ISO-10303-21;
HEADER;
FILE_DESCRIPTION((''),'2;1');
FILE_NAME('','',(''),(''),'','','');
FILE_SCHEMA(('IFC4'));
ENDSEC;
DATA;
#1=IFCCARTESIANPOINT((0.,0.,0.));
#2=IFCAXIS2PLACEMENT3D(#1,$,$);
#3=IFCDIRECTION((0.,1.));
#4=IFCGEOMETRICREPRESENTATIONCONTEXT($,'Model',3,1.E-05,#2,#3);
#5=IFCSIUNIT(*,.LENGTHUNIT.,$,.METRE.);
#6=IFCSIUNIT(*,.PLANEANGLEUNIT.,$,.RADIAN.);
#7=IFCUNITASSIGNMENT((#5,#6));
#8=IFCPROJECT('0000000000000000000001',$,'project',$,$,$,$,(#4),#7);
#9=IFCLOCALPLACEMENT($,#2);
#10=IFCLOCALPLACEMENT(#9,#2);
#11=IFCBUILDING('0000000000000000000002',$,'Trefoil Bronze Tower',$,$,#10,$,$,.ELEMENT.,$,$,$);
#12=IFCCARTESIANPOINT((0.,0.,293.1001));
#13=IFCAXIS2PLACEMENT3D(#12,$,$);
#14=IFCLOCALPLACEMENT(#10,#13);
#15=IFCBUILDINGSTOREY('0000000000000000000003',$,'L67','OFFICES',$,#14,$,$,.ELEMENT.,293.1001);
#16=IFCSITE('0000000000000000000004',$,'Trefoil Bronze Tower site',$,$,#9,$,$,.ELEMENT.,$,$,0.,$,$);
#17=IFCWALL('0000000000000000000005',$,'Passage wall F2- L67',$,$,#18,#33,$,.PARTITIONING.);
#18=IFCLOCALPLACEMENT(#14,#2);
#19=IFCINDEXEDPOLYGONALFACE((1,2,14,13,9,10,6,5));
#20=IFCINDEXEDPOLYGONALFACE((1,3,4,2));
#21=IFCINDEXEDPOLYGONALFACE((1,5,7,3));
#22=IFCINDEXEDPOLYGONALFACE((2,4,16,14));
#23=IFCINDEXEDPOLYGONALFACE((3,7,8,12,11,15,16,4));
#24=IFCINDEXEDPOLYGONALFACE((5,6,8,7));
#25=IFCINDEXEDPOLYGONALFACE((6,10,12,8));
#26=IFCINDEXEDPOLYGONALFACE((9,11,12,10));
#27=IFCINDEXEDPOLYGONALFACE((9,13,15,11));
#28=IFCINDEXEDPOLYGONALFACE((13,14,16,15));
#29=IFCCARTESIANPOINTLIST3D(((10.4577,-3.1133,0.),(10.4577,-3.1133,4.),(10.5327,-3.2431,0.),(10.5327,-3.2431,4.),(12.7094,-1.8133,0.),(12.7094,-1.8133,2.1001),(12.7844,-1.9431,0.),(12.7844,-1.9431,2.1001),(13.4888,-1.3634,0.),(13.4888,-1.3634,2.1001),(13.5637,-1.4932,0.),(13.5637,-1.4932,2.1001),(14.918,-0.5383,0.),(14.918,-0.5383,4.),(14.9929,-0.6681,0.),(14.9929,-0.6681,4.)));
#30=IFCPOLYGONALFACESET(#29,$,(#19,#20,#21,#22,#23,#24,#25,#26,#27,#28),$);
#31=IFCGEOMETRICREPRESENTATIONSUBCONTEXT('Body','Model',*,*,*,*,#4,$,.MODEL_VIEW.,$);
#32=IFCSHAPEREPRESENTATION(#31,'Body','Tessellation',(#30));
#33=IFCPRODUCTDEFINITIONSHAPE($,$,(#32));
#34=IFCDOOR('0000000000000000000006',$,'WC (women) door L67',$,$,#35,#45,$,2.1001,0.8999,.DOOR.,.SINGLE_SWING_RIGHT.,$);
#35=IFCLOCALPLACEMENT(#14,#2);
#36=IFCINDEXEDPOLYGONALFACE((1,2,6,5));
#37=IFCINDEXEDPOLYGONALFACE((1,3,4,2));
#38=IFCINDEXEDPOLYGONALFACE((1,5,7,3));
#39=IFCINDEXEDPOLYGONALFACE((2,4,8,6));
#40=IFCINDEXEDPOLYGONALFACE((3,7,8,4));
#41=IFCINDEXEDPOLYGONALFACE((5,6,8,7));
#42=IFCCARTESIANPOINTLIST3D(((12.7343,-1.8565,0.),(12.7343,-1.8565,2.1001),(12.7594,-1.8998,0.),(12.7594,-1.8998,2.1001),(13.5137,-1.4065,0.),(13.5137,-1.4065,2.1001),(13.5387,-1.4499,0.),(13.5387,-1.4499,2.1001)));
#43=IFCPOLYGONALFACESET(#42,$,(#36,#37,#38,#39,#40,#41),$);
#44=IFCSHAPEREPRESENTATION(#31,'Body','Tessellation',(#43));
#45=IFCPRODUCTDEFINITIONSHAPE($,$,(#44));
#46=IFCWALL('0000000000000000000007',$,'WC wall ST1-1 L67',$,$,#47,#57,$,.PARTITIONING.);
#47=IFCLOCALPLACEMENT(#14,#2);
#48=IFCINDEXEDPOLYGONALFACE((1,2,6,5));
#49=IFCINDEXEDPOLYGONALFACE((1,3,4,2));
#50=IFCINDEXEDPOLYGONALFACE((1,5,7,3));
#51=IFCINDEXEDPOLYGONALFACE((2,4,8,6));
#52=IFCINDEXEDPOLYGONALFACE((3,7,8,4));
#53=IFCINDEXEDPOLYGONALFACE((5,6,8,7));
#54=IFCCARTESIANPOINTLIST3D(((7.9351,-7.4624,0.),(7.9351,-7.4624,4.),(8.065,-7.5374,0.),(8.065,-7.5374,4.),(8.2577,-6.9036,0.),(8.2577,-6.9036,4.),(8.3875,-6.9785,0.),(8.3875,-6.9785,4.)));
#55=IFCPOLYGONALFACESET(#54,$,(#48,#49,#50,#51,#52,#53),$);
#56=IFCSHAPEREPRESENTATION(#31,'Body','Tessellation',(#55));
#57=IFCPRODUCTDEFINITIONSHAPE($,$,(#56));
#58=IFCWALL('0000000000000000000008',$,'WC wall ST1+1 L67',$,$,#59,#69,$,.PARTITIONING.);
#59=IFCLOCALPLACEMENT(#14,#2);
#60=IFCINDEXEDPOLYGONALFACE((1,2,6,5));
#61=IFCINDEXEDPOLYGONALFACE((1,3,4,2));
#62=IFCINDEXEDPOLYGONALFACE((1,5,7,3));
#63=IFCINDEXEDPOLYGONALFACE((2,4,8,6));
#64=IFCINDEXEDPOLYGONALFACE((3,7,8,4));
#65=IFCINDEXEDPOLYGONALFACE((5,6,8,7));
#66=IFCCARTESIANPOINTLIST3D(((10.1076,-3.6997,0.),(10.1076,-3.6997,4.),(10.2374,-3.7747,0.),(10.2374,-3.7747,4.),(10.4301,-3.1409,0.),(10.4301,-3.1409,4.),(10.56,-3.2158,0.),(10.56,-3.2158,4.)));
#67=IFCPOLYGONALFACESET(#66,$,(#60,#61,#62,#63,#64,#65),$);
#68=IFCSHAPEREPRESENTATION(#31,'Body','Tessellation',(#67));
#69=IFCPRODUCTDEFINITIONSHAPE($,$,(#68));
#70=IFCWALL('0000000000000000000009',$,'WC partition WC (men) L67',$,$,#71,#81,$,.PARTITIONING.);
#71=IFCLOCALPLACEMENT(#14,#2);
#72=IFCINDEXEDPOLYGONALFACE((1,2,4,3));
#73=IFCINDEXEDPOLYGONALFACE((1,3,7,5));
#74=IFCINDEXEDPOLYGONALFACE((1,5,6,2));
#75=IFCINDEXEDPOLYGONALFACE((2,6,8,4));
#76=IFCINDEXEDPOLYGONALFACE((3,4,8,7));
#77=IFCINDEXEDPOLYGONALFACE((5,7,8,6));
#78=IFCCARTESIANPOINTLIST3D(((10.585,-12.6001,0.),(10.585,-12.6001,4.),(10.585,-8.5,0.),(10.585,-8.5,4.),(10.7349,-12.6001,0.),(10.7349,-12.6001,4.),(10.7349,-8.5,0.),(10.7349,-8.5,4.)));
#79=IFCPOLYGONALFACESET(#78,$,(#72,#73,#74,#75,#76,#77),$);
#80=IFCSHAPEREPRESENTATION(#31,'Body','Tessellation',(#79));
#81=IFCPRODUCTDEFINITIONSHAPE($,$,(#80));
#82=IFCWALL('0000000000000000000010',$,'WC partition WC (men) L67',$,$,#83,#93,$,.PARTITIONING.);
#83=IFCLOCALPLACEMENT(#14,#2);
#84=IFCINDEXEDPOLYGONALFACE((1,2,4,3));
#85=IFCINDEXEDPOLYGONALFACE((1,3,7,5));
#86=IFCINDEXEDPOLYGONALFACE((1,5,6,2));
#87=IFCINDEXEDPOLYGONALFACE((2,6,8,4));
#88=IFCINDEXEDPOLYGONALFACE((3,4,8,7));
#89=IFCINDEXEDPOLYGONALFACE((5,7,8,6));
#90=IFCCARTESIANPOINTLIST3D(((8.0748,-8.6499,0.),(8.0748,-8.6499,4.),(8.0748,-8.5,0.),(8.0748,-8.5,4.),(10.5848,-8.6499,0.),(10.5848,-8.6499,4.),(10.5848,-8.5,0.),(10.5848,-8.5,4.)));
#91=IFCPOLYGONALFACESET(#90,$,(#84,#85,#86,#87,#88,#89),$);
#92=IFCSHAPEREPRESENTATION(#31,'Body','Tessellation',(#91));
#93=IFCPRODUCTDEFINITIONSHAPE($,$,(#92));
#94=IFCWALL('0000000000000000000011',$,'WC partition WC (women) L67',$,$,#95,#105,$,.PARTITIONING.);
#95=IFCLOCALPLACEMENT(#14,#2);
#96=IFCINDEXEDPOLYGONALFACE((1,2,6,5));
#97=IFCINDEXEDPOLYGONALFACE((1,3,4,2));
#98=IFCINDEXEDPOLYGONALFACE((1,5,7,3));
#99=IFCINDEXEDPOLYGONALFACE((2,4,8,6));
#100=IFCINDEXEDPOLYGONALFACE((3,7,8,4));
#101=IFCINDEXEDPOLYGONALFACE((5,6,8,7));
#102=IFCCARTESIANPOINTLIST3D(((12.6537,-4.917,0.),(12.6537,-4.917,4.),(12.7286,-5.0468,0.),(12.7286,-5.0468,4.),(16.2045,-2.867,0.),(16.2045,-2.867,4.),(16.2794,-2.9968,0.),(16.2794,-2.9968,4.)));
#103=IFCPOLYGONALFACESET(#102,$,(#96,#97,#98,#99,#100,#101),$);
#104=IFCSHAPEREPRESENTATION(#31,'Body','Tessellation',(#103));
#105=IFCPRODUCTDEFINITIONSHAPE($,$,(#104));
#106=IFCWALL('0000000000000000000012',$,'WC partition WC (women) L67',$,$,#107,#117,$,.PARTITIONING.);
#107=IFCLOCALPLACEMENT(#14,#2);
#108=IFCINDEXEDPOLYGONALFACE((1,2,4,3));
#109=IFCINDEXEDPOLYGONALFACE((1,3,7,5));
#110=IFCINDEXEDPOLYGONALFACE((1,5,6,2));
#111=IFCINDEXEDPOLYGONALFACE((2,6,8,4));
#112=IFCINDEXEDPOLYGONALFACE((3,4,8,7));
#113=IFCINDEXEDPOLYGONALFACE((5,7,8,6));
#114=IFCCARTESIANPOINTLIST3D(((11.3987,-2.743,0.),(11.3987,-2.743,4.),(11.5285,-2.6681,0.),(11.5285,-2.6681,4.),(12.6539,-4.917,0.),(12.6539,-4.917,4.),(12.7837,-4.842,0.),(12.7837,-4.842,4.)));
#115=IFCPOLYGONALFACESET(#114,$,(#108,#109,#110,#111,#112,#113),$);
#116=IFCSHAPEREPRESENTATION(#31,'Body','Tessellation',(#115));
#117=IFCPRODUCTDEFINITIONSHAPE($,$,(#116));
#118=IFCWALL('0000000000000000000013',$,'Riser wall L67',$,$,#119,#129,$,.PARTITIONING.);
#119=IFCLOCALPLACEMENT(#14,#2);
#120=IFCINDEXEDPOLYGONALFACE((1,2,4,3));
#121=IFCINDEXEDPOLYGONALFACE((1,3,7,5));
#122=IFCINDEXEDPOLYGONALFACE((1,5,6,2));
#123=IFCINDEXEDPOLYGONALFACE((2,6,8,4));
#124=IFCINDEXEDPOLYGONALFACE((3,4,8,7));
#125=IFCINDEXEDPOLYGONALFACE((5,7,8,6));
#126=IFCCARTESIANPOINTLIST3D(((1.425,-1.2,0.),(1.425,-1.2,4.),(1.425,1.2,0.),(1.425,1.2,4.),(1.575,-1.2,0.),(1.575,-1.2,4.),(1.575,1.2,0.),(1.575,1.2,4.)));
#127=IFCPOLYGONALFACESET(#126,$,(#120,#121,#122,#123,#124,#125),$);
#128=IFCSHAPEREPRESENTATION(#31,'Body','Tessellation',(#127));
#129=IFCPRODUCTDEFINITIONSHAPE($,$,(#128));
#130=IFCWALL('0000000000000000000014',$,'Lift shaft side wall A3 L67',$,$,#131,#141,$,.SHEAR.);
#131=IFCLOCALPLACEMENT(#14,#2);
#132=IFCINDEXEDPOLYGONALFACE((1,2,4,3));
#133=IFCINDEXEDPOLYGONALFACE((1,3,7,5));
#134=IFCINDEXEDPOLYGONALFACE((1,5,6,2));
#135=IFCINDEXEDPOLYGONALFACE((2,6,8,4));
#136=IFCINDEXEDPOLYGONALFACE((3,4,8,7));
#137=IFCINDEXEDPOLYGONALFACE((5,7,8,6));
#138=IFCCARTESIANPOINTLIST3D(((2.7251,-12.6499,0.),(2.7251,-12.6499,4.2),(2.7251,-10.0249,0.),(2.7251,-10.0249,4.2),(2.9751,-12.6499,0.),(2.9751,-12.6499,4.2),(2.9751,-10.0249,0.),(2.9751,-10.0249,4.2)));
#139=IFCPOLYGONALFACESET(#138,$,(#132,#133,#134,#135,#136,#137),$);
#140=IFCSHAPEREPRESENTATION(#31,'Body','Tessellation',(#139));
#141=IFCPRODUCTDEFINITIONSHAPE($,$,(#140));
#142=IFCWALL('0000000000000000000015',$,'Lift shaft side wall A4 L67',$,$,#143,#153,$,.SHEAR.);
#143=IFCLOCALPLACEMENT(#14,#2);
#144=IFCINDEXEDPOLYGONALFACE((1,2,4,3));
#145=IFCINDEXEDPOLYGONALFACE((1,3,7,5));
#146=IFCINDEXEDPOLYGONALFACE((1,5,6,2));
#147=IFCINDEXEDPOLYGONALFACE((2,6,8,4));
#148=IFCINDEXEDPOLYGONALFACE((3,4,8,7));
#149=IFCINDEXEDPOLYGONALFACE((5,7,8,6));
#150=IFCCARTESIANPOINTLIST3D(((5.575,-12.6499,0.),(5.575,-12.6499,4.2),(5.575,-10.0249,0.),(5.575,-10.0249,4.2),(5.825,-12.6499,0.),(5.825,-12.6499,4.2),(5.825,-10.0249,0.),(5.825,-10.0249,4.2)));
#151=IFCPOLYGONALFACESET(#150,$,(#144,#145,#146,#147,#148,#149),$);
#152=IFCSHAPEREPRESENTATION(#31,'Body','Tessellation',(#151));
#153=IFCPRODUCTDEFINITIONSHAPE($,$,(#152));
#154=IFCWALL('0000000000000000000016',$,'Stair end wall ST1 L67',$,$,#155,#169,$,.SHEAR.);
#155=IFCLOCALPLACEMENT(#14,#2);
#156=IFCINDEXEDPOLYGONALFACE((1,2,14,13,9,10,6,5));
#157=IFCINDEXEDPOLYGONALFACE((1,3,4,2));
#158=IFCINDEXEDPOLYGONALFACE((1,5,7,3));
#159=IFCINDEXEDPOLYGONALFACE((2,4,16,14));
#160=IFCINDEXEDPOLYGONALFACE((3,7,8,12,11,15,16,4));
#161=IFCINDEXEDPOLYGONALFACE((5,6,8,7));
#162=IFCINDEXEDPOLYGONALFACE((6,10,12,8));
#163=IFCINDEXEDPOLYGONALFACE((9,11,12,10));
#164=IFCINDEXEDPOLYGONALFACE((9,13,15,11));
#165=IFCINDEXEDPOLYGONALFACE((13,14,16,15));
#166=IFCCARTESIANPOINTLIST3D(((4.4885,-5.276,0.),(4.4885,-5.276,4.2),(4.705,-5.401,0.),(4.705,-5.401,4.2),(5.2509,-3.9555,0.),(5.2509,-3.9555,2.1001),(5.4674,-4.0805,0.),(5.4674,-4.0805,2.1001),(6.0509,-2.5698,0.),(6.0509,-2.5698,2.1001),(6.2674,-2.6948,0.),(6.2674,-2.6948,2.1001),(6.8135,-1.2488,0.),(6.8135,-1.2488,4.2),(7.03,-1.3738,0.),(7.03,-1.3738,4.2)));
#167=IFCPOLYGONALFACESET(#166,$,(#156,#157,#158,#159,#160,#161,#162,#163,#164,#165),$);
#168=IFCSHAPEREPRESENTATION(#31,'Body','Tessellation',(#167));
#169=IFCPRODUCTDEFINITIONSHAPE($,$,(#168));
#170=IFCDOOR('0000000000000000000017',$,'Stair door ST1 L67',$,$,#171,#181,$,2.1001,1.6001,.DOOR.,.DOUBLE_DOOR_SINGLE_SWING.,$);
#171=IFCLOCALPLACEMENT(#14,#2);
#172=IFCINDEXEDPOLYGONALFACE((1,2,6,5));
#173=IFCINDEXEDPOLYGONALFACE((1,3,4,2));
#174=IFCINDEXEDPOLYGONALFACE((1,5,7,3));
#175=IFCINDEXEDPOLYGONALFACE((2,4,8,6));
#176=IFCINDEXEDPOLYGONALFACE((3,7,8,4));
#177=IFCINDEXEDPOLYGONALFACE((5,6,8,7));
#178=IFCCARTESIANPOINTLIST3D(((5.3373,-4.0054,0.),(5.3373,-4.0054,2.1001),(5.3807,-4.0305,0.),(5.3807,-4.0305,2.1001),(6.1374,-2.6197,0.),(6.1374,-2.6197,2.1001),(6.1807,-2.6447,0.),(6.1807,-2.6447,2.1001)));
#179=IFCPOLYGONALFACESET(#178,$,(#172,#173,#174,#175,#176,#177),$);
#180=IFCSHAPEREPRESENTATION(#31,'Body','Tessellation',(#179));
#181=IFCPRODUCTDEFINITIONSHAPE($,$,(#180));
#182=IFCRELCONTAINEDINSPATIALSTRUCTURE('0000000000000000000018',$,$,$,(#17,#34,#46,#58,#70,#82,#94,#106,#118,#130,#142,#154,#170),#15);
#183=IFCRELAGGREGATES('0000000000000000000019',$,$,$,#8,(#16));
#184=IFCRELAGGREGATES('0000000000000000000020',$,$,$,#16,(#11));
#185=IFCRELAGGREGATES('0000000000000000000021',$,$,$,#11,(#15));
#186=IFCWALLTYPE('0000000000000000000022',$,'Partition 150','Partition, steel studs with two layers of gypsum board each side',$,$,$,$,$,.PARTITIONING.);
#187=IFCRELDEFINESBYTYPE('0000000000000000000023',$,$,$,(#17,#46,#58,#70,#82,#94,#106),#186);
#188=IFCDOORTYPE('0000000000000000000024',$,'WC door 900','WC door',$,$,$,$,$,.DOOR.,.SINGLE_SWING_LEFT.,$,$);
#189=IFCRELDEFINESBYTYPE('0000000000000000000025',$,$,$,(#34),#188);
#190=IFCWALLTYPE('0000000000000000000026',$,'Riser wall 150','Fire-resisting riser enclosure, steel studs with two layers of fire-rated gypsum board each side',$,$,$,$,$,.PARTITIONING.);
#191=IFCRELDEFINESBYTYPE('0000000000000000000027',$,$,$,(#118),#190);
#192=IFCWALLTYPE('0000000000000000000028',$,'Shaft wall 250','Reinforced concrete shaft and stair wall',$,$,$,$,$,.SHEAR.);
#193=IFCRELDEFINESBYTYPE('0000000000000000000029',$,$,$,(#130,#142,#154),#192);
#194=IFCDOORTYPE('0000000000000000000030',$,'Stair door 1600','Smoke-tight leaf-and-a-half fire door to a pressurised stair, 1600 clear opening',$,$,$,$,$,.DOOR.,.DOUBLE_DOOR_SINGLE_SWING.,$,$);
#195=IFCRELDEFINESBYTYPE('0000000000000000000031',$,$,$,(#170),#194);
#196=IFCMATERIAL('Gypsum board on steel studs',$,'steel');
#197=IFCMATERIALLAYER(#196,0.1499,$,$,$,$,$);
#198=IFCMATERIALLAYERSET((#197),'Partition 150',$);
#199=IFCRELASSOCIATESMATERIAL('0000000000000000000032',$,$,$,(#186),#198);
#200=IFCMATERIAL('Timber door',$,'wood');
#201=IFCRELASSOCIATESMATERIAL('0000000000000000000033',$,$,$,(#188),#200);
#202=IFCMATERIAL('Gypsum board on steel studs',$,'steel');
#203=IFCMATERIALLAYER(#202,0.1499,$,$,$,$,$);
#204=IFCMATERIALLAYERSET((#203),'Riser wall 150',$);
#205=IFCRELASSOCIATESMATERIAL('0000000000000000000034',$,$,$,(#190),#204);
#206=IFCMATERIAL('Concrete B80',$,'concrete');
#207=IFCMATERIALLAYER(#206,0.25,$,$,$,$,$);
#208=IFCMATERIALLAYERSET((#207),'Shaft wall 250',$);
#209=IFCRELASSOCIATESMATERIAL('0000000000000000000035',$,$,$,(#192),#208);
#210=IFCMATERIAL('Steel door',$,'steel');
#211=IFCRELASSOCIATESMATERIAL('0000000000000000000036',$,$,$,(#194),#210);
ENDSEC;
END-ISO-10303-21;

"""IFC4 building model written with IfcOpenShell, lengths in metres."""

from ifc_helpers import new_model, si_unit, direction, frame, frame_2d, origin, place, context, subcontext, project, spatial, rectangle, extrude, material, layer, layer_set, type_object, element, fill, save


model = new_model("IFC4")

# Units and contexts
model_context = context("Model", 3, precision=1e-05, world=origin(), true_north=direction((0.0, 1.0)))
body_context = subcontext(model_context, "Body", "Model", "MODEL_VIEW")
ifc_project = project(units=[si_unit("LENGTHUNIT", "METRE"), si_unit("PLANEANGLEUNIT", "RADIAN")], contexts=[model_context])

# Site, building, storey
site_placement = place(None, origin())
site = spatial("IfcSite", under=ifc_project, at=site_placement, Name="Trefoil Bronze Tower site", CompositionType="ELEMENT", RefElevation=0.0)
building_placement = place(site_placement, origin())
building = spatial("IfcBuilding", under=site, at=building_placement, Name="Trefoil Bronze Tower", CompositionType="ELEMENT")
storey_placement = place(building_placement, frame((0.0, 0.0, 293.1001)))
storey = spatial("IfcBuildingStorey", under=building, at=storey_placement, Name="L67", Description="OFFICES", CompositionType="ELEMENT", Elevation=293.1001)

# Wall, opening, door
ifc_material_1 = material(Name="Gypsum board on steel studs", Category="steel")
ifc_layer_1 = layer(ifc_material_1, 0.1499)
ifc_layer_set_1 = layer_set([ifc_layer_1], Name="Partition 150")
wall_type_1 = type_object("IfcWallType", Name="Partition 150", Description="Partition, steel studs with two layers of gypsum board each side", PredefinedType="PARTITIONING", material=ifc_layer_set_1)
ifc_material_2 = material(Name="Timber door", Category="wood")
door_type_1 = type_object("IfcDoorType", Name="WC door 900", Description="WC door", OperationType="SINGLE_SWING_LEFT", PredefinedType="DOOR", material=ifc_material_2)
wall_1_placement = place(storey_placement, frame((10.4951, -3.1782, 0.0), z_axis=(0.0, 0.0, 1.0), x_axis=(0.866038, 0.499978, 0.0)))
wall_1 = element("IfcWall", 1, at=wall_1_placement, inside=storey, type_object=wall_type_1, Name="Passage wall F2- L67", PredefinedType="PARTITIONING", context=body_context, shape_type="SweptSolid", body=[
    extrude(rectangle(XDim=5.1501, YDim=0.1499, at=frame_2d((2.5752, 0.0))), origin(), (0.0, 0.0, 1.0), 4.0),
])
opening_1_placement = place(wall_1_placement, frame((2.6001, 0.0, 0.0)))
opening_1 = element("IfcOpeningElement", 2, at=opening_1_placement, cuts=wall_1, PredefinedType="OPENING", context=body_context, shape_type="SweptSolid", body=[
    extrude(rectangle(XDim=0.8999, YDim=2.1001, at=frame_2d((0.45, 1.05))), frame((0.0, 0.085, 0.0), z_axis=(0.0, -1.0, 0.0), x_axis=(1.0, 0.0, 0.0)), (0.0, 0.0, 1.0), 0.1699),
])
door_1_placement = place(opening_1_placement, frame((0.8999, 0.0, 0.0), z_axis=(0.0, 0.0, 1.0), x_axis=(-1.0, 0.0, 0.0)))
door_1 = element("IfcDoor", 3, at=door_1_placement, inside=storey, type_object=door_type_1, Name="WC (women) door L67", OperationType="SINGLE_SWING_RIGHT", OverallHeight=2.1001, OverallWidth=0.8999, PredefinedType="DOOR", context=body_context, shape_type="SweptSolid", body=[
    extrude(rectangle(XDim=0.8999, YDim=2.1001, at=frame_2d((0.45, 1.05))), frame((0.0, 0.0249, 0.0), z_axis=(0.0, -1.0, 0.0), x_axis=(1.0, 0.0, 0.0)), (0.0, 0.0, 1.0), 0.05),
])
fill(opening_1, door_1)

# Walls
for number, where, z_axis, x_axis, name in (
    (4, (8.0, -7.5, 0.0), (0.0, 0.0, 1.0), (0.499843, 0.866116, 0.0), "WC wall ST1-1 L67"),
    (5, (10.4951, -3.1782, 0.0), (0.0, 0.0, 1.0), (-0.499843, -0.866116, 0.0), "WC wall ST1+1 L67"),
):
    element("IfcWall", number, at=place(storey_placement, frame(where, z_axis=z_axis, x_axis=x_axis)), inside=storey, type_object=wall_type_1, Name=name, PredefinedType="PARTITIONING", context=body_context, shape_type="SweptSolid", body=[
        extrude(rectangle(XDim=0.6453, YDim=0.1499, at=frame_2d((0.3228, 0.0))), origin(), (0.0, 0.0, 1.0), 4.0),
    ])
wall_2_placement = place(storey_placement, frame((10.6599, -8.5, 0.0), z_axis=(0.0, 0.0, 1.0), x_axis=(0.0, -1.0, 0.0)))
element("IfcWall", 6, at=wall_2_placement, inside=storey, type_object=wall_type_1, Name="WC partition WC (men) L67", PredefinedType="PARTITIONING", context=body_context, shape_type="SweptSolid", body=[
    extrude(rectangle(XDim=4.1001, YDim=0.1499, at=frame_2d((2.05, 0.0))), origin(), (0.0, 0.0, 1.0), 4.0),
])
wall_3_placement = place(storey_placement, frame((8.075, -8.575, 0.0), z_axis=(0.0, 0.0, 1.0), x_axis=(1.0, 0.0, 0.0)))
element("IfcWall", 7, at=wall_3_placement, inside=storey, type_object=wall_type_1, Name="WC partition WC (men) L67", PredefinedType="PARTITIONING", context=body_context, shape_type="SweptSolid", body=[
    extrude(rectangle(XDim=2.51, YDim=0.1499, at=frame_2d((1.2549, 0.0))), origin(), (0.0, 0.0, 1.0), 4.0),
])
wall_4_placement = place(storey_placement, frame((12.6912, -4.9819, 0.0), z_axis=(0.0, 0.0, 1.0), x_axis=(0.866025, 0.500001, 0.0)))
element("IfcWall", 8, at=wall_4_placement, inside=storey, type_object=wall_type_1, Name="WC partition WC (women) L67", PredefinedType="PARTITIONING", context=body_context, shape_type="SweptSolid", body=[
    extrude(rectangle(XDim=4.1001, YDim=0.1499, at=frame_2d((2.05, 0.0))), origin(), (0.0, 0.0, 1.0), 4.0),
])
wall_5_placement = place(storey_placement, frame((11.4636, -2.7056, 0.0), z_axis=(0.0, 0.0, 1.0), x_axis=(0.50002, -0.866014, 0.0)))
element("IfcWall", 9, at=wall_5_placement, inside=storey, type_object=wall_type_1, Name="WC partition WC (women) L67", PredefinedType="PARTITIONING", context=body_context, shape_type="SweptSolid", body=[
    extrude(rectangle(XDim=2.5103, YDim=0.1499, at=frame_2d((1.2551, 0.0))), origin(), (0.0, 0.0, 1.0), 4.0),
])
ifc_material_3 = material(Name="Gypsum board on steel studs", Category="steel")
ifc_layer_2 = layer(ifc_material_3, 0.1499)
ifc_layer_set_2 = layer_set([ifc_layer_2], Name="Riser wall 150")
wall_type_2 = type_object("IfcWallType", Name="Riser wall 150", Description="Fire-resisting riser enclosure, steel studs with two layers of fire-rated gypsum board each side", PredefinedType="PARTITIONING", material=ifc_layer_set_2)
wall_6_placement = place(storey_placement, frame((1.5, -1.2, 0.0), z_axis=(0.0, 0.0, 1.0), x_axis=(0.0, 1.0, 0.0)))
element("IfcWall", 10, at=wall_6_placement, inside=storey, type_object=wall_type_2, Name="Riser wall L67", PredefinedType="PARTITIONING", context=body_context, shape_type="SweptSolid", body=[
    extrude(rectangle(XDim=2.3999, YDim=0.1499, at=frame_2d((1.2, 0.0))), origin(), (0.0, 0.0, 1.0), 4.0),
])
ifc_material_4 = material(Name="Concrete B80", Category="concrete")
ifc_layer_3 = layer(ifc_material_4, 0.25)
ifc_layer_set_3 = layer_set([ifc_layer_3], Name="Shaft wall 250")
wall_type_3 = type_object("IfcWallType", Name="Shaft wall 250", Description="Reinforced concrete shaft and stair wall", PredefinedType="SHEAR", material=ifc_layer_set_3)
for number, where, z_axis, x_axis, name in (
    (11, (2.8501, -10.0249, 0.0), (0.0, 0.0, 1.0), (0.0, -1.0, 0.0), "Lift shaft side wall A3 L67"),
    (12, (5.7, -10.0249, 0.0), (0.0, 0.0, 1.0), (0.0, -1.0, 0.0), "Lift shaft side wall A4 L67"),
):
    element("IfcWall", number, at=place(storey_placement, frame(where, z_axis=z_axis, x_axis=x_axis)), inside=storey, type_object=wall_type_3, Name=name, PredefinedType="SHEAR", context=body_context, shape_type="SweptSolid", body=[
        extrude(rectangle(XDim=2.625, YDim=0.25, at=frame_2d((1.3125, 0.0))), origin(), (0.0, 0.0, 1.0), 4.2),
    ])

# Wall, opening, door
wall_7_placement = place(storey_placement, frame((4.5967, -5.3386, 0.0), z_axis=(0.0, 0.0, 1.0), x_axis=(0.499985, 0.866034, 0.0)))
wall_7 = element("IfcWall", 13, at=wall_7_placement, inside=storey, type_object=wall_type_3, Name="Stair end wall ST1 L67", PredefinedType="SHEAR", context=body_context, shape_type="SweptSolid", body=[
    extrude(rectangle(XDim=4.6501, YDim=0.25, at=frame_2d((2.3252, 0.0))), origin(), (0.0, 0.0, 1.0), 4.2),
])
opening_2_placement = place(wall_7_placement, frame((1.5249, 0.0, 0.0)))
opening_2 = element("IfcOpeningElement", 14, at=opening_2_placement, cuts=wall_7, PredefinedType="OPENING", context=body_context, shape_type="SweptSolid", body=[
    extrude(rectangle(XDim=1.6001, YDim=2.1001, at=frame_2d((0.8, 1.05))), frame((0.0, 0.135, 0.0), z_axis=(0.0, -1.0, 0.0), x_axis=(1.0, 0.0, 0.0)), (0.0, 0.0, 1.0), 0.27),
])
ifc_material_5 = material(Name="Steel door", Category="steel")
door_type_2 = type_object("IfcDoorType", Name="Stair door 1600", Description="Smoke-tight leaf-and-a-half fire door to a pressurised stair, 1600 clear opening", OperationType="DOUBLE_DOOR_SINGLE_SWING", PredefinedType="DOOR", material=ifc_material_5)
door_2_placement = place(opening_2_placement, frame((1.6001, 0.0, 0.0), z_axis=(0.0, 0.0, 1.0), x_axis=(-1.0, 0.0, 0.0)))
door_2 = element("IfcDoor", 15, at=door_2_placement, inside=storey, type_object=door_type_2, Name="Stair door ST1 L67", OperationType="DOUBLE_DOOR_SINGLE_SWING", OverallHeight=2.1001, OverallWidth=1.6001, PredefinedType="DOOR", context=body_context, shape_type="SweptSolid", body=[
    extrude(rectangle(XDim=1.6001, YDim=2.1001, at=frame_2d((0.8, 1.05))), frame((0.0, 0.0249, 0.0), z_axis=(0.0, -1.0, 0.0), x_axis=(1.0, 0.0, 0.0)), (0.0, 0.0, 1.0), 0.05),
])
fill(opening_2, door_2)

save(model, "model.ifc")
